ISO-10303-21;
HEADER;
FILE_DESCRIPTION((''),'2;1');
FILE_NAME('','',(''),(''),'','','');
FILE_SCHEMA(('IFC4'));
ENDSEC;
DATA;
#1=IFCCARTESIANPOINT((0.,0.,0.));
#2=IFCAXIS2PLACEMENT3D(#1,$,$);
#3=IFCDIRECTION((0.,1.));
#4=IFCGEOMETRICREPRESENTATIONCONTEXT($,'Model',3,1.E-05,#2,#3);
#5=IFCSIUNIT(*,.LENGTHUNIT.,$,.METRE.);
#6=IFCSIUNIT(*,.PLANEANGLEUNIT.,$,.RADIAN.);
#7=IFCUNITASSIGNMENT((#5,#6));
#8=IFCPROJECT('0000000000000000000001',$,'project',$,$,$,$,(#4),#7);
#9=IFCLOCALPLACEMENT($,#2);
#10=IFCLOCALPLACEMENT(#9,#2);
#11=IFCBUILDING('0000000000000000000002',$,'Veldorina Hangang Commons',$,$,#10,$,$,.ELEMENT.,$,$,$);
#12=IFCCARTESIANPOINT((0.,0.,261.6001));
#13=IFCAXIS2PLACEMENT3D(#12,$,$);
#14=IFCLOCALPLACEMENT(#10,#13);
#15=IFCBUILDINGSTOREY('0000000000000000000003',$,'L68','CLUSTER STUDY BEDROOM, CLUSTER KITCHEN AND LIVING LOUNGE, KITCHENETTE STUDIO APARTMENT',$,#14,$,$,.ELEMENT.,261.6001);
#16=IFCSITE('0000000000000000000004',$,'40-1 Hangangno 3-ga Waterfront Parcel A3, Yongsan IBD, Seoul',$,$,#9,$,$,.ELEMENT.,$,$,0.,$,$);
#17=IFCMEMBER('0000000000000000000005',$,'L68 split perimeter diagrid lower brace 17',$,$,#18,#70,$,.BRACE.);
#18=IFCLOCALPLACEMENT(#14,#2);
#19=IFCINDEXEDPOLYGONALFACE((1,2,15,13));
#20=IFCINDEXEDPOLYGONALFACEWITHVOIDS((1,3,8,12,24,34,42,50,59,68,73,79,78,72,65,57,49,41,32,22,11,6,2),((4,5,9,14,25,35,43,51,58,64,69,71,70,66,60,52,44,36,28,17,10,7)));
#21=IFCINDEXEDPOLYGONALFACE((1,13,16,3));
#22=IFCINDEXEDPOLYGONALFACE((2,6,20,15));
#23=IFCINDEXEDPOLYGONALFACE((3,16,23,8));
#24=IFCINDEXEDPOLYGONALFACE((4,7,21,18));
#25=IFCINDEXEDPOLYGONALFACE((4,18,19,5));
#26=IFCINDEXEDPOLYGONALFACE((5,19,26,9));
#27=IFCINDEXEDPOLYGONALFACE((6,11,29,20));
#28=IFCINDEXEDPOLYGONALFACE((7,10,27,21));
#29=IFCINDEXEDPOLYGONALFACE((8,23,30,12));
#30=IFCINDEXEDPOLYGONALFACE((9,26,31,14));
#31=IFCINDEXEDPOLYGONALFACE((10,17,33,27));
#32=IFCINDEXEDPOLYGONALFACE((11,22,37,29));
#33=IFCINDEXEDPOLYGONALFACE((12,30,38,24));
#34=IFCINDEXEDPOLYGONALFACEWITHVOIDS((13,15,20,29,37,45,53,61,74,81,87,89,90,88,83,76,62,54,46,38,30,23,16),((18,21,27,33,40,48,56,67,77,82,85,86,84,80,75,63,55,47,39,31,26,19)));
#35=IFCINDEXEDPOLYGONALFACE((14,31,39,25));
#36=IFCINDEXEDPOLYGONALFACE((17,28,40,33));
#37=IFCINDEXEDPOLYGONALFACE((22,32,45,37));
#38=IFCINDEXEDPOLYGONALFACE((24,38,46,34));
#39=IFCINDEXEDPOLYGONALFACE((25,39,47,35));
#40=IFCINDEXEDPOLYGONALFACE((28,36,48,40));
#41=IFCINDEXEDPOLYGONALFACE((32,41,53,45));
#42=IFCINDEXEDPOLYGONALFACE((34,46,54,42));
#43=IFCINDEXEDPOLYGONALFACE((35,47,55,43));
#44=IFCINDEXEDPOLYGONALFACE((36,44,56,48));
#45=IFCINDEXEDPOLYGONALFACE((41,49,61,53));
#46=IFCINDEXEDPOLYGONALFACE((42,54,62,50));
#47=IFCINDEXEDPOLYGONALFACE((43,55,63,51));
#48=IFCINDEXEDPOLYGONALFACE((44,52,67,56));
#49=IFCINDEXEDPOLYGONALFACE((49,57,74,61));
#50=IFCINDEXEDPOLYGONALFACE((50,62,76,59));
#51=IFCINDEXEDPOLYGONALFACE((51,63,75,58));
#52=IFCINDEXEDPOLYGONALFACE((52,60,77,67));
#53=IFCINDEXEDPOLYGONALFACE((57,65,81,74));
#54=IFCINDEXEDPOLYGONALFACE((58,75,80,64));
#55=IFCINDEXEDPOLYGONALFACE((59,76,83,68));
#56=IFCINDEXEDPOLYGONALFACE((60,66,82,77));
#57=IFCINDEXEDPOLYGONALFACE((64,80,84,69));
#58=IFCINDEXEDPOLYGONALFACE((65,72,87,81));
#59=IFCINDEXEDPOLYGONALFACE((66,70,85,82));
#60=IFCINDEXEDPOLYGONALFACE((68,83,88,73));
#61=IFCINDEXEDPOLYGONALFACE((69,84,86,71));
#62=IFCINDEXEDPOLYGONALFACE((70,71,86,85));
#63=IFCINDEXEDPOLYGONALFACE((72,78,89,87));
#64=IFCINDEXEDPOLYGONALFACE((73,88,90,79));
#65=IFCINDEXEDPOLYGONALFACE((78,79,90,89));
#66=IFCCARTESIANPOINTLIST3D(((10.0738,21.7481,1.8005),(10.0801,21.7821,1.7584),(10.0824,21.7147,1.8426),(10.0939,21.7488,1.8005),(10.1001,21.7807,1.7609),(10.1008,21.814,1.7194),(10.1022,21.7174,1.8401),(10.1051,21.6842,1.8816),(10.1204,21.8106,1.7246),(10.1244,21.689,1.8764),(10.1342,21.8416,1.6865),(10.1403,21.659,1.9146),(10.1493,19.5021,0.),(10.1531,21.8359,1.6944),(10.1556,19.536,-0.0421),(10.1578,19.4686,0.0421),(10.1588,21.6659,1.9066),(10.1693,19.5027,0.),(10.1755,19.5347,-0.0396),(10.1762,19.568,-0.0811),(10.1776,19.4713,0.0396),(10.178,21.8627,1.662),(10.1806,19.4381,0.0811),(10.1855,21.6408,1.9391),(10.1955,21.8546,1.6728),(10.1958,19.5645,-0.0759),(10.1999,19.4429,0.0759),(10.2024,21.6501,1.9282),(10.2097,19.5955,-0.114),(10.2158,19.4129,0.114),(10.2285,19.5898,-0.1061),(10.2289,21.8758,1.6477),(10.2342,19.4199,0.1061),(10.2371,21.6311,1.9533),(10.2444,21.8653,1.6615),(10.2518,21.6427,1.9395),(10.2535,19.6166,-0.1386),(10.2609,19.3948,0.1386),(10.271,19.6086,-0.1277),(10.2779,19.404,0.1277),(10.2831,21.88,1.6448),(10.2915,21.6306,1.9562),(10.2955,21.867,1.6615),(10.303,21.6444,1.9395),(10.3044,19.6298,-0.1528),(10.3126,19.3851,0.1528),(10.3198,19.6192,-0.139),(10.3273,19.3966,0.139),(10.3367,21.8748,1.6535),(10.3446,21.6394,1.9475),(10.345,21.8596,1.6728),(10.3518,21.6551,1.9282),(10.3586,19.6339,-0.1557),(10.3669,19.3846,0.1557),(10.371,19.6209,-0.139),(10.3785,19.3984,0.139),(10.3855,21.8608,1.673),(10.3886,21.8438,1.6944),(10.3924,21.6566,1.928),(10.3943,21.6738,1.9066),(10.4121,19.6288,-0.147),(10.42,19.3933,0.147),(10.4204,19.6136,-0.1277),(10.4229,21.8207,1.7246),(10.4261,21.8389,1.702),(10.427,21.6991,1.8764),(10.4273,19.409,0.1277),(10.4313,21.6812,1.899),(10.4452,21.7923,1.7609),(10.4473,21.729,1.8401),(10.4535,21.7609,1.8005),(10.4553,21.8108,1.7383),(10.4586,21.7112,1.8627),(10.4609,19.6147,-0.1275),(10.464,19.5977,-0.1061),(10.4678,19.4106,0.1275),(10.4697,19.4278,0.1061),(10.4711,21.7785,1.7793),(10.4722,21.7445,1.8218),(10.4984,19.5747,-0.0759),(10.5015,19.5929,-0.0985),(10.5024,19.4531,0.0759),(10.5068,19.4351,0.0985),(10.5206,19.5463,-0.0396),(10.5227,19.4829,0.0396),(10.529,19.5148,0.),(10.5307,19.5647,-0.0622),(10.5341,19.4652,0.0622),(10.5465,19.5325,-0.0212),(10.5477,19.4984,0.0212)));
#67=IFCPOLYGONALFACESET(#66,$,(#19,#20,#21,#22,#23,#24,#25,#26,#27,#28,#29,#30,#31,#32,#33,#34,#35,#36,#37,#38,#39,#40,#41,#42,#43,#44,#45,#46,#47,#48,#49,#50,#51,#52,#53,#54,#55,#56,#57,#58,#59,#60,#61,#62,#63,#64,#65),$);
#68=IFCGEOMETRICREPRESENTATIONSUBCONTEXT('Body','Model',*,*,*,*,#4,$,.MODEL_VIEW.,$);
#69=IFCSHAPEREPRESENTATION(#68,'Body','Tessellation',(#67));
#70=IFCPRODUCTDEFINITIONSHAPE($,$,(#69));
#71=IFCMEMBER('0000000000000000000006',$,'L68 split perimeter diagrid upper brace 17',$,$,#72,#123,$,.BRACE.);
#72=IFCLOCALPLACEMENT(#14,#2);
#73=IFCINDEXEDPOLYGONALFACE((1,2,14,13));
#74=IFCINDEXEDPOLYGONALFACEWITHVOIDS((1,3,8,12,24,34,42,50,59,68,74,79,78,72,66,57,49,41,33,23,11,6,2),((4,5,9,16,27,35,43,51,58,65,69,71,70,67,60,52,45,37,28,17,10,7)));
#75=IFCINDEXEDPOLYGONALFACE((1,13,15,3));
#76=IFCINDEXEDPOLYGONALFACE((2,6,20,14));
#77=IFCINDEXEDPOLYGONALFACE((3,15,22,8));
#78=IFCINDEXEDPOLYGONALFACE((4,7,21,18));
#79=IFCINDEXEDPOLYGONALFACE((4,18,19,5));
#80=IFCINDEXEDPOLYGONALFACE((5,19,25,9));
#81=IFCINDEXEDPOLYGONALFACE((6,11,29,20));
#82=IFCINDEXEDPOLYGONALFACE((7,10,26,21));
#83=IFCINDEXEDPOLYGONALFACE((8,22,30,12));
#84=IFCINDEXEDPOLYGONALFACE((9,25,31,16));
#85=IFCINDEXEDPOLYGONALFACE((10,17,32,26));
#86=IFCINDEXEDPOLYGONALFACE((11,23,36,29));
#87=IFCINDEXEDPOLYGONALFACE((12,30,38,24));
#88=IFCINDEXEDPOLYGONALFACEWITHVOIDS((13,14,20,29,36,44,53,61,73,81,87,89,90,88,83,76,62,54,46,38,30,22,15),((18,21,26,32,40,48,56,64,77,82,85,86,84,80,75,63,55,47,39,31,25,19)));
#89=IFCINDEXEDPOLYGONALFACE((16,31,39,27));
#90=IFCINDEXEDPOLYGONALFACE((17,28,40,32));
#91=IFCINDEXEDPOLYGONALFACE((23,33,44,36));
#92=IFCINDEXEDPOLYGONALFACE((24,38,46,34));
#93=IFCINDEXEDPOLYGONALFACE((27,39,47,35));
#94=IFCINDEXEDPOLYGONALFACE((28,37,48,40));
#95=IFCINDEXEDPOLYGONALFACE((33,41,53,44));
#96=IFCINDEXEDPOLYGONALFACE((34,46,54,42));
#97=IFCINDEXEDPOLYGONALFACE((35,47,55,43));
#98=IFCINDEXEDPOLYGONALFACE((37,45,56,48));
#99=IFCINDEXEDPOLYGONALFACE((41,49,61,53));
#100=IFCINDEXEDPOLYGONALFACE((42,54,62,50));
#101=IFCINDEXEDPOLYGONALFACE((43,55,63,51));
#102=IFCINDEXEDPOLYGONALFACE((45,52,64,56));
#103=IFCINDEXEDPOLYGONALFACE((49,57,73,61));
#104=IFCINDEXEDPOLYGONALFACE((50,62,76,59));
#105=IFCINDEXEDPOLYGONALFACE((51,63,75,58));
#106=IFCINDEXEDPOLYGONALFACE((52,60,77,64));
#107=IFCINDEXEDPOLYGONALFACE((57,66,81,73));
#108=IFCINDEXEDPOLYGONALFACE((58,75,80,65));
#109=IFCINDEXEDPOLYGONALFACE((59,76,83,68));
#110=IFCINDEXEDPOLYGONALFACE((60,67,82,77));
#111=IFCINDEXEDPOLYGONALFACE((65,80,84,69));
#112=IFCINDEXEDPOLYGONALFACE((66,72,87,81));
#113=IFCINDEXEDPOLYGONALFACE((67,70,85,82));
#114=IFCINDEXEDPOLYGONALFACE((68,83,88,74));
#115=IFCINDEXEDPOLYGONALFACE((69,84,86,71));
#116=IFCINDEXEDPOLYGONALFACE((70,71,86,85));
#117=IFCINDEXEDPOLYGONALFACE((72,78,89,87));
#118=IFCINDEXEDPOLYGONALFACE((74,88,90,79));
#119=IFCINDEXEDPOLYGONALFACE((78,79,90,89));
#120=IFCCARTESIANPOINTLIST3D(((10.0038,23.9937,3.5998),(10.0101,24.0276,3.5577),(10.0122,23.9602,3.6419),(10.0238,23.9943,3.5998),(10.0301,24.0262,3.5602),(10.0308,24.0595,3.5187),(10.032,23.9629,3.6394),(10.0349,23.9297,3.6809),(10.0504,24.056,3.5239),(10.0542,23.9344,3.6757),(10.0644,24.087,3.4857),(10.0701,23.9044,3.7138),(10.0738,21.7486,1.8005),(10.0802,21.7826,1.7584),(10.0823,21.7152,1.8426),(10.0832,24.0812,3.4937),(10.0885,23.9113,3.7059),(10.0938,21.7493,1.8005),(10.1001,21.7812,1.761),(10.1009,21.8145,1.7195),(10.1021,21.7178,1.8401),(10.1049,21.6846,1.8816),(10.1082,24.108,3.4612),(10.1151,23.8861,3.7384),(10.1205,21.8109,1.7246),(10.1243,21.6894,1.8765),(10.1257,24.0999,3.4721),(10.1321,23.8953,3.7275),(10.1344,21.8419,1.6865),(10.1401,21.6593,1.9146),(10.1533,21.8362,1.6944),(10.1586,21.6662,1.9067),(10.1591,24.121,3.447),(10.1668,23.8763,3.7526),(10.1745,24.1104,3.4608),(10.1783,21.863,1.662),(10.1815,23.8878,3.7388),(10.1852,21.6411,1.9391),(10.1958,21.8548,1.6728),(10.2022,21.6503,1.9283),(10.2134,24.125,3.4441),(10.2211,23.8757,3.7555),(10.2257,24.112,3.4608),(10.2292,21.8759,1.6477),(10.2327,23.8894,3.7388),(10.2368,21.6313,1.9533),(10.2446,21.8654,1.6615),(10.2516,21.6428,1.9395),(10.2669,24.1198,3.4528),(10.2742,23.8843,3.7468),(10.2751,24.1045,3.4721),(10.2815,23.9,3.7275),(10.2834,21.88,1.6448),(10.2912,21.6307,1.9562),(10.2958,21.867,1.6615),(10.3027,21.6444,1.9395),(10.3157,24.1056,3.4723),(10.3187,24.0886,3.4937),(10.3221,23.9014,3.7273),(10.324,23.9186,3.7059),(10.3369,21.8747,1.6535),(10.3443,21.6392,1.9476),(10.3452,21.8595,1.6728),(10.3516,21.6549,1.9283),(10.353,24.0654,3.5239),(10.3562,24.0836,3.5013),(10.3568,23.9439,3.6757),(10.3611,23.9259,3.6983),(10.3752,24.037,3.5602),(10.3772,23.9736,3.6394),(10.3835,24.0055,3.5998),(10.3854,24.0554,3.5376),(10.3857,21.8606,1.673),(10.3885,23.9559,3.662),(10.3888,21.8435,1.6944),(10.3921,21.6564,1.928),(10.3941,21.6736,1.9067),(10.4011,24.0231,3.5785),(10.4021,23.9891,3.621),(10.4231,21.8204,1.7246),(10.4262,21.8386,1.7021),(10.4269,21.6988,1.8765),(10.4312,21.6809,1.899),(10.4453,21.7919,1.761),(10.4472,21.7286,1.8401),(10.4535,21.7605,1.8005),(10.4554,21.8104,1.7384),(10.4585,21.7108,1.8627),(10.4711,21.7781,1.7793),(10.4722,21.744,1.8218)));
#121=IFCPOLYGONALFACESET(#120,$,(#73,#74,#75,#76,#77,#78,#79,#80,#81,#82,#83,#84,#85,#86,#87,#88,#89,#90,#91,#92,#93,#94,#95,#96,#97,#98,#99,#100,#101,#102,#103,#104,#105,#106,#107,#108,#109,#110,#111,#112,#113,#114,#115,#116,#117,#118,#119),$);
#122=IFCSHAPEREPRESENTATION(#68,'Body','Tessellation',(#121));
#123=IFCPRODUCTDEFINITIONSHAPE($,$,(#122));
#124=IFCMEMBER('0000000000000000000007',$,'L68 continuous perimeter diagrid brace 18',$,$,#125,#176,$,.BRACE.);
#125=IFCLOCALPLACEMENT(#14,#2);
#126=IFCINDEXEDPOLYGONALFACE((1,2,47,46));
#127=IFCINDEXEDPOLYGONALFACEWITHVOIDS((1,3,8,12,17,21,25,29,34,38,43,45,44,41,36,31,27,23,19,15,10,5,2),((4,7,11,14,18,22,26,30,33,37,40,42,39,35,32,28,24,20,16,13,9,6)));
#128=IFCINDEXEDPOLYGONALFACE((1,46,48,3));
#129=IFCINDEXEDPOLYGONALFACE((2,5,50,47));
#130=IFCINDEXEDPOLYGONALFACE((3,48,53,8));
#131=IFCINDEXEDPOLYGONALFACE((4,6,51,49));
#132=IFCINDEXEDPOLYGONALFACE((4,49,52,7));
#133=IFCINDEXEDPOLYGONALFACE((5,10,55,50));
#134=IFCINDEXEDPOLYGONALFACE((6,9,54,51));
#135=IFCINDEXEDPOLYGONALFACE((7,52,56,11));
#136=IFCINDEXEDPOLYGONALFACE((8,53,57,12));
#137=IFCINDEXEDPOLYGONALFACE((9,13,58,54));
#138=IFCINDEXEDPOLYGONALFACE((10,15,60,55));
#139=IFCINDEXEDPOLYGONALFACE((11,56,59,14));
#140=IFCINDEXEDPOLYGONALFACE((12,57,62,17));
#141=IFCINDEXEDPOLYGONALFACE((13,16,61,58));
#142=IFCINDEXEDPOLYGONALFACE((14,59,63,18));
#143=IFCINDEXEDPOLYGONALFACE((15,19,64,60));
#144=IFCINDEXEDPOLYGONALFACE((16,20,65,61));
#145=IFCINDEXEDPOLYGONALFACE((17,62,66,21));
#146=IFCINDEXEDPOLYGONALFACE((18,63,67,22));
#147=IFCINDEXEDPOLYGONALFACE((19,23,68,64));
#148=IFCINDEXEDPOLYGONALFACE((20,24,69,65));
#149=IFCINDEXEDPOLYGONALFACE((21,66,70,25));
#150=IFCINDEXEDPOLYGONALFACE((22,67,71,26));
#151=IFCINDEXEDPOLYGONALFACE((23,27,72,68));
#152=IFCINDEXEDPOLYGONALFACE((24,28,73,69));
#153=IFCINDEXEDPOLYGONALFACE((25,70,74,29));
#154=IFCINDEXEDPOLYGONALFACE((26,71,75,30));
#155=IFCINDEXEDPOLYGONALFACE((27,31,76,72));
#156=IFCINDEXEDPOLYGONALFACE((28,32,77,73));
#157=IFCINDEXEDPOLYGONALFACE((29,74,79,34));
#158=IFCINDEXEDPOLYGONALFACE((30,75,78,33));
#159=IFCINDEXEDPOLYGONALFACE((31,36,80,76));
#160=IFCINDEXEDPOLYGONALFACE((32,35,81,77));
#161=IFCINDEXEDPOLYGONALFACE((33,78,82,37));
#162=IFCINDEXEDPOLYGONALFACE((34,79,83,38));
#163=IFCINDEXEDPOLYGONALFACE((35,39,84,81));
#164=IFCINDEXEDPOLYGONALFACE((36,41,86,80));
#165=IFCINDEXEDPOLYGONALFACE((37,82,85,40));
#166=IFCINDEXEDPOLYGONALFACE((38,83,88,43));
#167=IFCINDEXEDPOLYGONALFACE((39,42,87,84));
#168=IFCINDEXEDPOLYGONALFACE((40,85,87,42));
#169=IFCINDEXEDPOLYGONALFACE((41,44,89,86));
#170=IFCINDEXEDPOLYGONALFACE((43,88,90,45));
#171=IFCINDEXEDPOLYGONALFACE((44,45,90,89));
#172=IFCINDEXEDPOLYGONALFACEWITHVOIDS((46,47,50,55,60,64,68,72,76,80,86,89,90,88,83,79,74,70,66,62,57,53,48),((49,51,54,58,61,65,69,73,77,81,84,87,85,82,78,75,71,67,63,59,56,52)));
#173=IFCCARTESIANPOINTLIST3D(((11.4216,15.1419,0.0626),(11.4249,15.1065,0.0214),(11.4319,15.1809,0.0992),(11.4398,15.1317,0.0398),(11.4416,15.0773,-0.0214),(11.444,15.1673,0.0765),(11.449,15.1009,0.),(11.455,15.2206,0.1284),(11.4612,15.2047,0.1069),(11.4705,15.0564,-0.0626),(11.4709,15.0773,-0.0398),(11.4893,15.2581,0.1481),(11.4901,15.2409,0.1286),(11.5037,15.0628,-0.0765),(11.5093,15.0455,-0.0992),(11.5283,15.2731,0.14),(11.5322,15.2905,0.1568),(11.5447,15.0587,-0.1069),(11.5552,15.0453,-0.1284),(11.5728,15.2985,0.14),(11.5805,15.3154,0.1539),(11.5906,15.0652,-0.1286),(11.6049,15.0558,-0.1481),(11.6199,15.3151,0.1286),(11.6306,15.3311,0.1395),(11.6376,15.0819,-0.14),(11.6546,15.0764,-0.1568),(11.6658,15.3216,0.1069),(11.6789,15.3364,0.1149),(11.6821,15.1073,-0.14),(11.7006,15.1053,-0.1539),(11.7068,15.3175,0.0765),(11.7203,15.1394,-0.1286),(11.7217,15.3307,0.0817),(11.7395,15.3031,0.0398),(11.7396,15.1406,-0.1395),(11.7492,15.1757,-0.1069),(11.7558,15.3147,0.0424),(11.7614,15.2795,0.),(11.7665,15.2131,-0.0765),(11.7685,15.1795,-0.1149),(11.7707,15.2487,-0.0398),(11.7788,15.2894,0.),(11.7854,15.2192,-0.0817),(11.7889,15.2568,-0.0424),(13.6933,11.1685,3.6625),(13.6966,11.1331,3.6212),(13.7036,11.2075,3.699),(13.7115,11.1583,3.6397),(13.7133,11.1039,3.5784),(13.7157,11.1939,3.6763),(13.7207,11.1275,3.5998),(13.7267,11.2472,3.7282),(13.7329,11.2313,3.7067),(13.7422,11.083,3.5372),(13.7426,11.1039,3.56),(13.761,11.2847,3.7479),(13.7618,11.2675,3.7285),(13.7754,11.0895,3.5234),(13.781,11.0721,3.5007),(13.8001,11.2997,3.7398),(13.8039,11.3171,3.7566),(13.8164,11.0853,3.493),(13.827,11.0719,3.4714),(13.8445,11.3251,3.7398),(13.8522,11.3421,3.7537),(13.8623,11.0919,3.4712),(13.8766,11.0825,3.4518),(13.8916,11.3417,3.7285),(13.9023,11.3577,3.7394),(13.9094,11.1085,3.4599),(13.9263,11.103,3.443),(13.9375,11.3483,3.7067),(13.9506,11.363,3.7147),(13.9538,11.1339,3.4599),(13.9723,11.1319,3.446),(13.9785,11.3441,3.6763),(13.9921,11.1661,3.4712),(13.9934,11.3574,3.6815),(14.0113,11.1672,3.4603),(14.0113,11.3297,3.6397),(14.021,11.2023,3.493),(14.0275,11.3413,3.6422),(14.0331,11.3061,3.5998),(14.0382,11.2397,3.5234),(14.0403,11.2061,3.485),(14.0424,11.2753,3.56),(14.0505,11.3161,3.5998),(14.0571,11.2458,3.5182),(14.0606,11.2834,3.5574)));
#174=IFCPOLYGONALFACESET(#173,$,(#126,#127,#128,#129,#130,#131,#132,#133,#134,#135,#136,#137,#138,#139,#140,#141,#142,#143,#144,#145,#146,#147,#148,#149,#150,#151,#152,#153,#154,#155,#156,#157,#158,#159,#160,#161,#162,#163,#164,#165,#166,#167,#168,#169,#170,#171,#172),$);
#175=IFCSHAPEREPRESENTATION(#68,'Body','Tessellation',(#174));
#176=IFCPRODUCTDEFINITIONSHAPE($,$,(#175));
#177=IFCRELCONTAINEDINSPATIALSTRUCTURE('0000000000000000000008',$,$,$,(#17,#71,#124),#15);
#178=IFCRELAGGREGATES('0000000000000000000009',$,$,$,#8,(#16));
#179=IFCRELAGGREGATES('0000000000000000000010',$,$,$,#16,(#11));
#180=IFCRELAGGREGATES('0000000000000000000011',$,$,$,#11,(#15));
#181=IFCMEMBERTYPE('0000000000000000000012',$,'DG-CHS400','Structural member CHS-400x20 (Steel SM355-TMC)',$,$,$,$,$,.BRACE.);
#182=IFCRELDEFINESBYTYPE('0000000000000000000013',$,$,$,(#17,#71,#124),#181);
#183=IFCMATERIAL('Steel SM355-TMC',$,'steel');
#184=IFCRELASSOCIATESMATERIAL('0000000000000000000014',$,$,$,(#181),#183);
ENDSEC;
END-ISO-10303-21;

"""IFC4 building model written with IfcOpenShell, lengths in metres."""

from ifc_helpers import new_model, si_unit, direction, frame, origin, origin_2d, place, context, subcontext, project, spatial, hollow_circle, extrude, material, material_profile, profile_set, type_object, element, save


model = new_model("IFC4")

# Units and contexts
model_context = context("Model", 3, precision=1e-05, world=origin(), true_north=direction((0.0, 1.0)))
body_context = subcontext(model_context, "Body", "Model", "MODEL_VIEW")
ifc_project = project(units=[si_unit("LENGTHUNIT", "METRE"), si_unit("PLANEANGLEUNIT", "RADIAN")], contexts=[model_context])

# Site, building, storey
site_placement = place(None, origin())
site = spatial("IfcSite", under=ifc_project, at=site_placement, Name="40-1 Hangangno 3-ga Waterfront Parcel A3, Yongsan IBD, Seoul", CompositionType="ELEMENT", RefElevation=0.0)
building_placement = place(site_placement, origin())
building = spatial("IfcBuilding", under=site, at=building_placement, Name="Veldorina Hangang Commons", CompositionType="ELEMENT")
storey_placement = place(building_placement, frame((0.0, 0.0, 261.6001)))
storey = spatial("IfcBuildingStorey", under=building, at=storey_placement, Name="L68", Description="CLUSTER STUDY BEDROOM, CLUSTER KITCHEN AND LIVING LOUNGE, KITCHENETTE STUDIO APARTMENT", CompositionType="ELEMENT", Elevation=261.6001)

# Shared definitions
ifc_material_1 = material(Name="Steel SM355-TMC", Category="steel")

# Members
ifc_material_profile_1 = material_profile(ifc_material_1, hollow_circle(Radius=0.2, WallThickness=0.02, at=origin_2d()), Name="CHS-400x20")
ifc_profile_set_1 = profile_set([ifc_material_profile_1], Name="Steel SM355-TMC")
member_type_1 = type_object("IfcMemberType", Name="DG-CHS400", Description="Structural member CHS-400x20 (Steel SM355-TMC)", PredefinedType="BRACE", material=ifc_profile_set_1)
member_1_placement = place(storey_placement, frame((10.3491, 19.5088, 0.0), z_axis=(-0.026197, 0.77998, 0.625256), x_axis=(-0.999436, -0.033568, 0.0)))
element("IfcMember", 1, at=member_1_placement, inside=storey, type_object=member_type_1, Name="L68 split perimeter diagrid lower brace 17", PredefinedType="BRACE", context=body_context, shape_type="SweptSolid", body=[
    extrude(hollow_circle(Radius=0.2, WallThickness=0.02, at=origin_2d()), origin(), (0.0, 0.0, 1.0), 2.8796),
])
member_2_placement = place(storey_placement, frame((10.2737, 21.7549, 1.8005), z_axis=(-0.024346, 0.780091, 0.625192), x_axis=(-0.999513, -0.031194, 0.0)))
element("IfcMember", 2, at=member_2_placement, inside=storey, type_object=member_type_1, Name="L68 split perimeter diagrid upper brace 17", PredefinedType="BRACE", context=body_context, shape_type="SweptSolid", body=[
    extrude(hollow_circle(Radius=0.2, WallThickness=0.02, at=origin_2d()), origin(), (0.0, 0.0, 1.0), 2.8779),
])
member_3_placement = place(storey_placement, frame((11.6052, 15.1902, 0.0), z_axis=(0.390129, -0.682359, 0.618211), x_axis=(0.868128, 0.49634, 0.0)))
element("IfcMember", 3, at=member_3_placement, inside=storey, type_object=member_type_1, Name="L68 continuous perimeter diagrid brace 18", PredefinedType="BRACE", context=body_context, shape_type="SweptSolid", body=[
    extrude(hollow_circle(Radius=0.2, WallThickness=0.02, at=origin_2d()), origin(), (0.0, 0.0, 1.0), 5.823),
])

save(model, "model.ifc")
